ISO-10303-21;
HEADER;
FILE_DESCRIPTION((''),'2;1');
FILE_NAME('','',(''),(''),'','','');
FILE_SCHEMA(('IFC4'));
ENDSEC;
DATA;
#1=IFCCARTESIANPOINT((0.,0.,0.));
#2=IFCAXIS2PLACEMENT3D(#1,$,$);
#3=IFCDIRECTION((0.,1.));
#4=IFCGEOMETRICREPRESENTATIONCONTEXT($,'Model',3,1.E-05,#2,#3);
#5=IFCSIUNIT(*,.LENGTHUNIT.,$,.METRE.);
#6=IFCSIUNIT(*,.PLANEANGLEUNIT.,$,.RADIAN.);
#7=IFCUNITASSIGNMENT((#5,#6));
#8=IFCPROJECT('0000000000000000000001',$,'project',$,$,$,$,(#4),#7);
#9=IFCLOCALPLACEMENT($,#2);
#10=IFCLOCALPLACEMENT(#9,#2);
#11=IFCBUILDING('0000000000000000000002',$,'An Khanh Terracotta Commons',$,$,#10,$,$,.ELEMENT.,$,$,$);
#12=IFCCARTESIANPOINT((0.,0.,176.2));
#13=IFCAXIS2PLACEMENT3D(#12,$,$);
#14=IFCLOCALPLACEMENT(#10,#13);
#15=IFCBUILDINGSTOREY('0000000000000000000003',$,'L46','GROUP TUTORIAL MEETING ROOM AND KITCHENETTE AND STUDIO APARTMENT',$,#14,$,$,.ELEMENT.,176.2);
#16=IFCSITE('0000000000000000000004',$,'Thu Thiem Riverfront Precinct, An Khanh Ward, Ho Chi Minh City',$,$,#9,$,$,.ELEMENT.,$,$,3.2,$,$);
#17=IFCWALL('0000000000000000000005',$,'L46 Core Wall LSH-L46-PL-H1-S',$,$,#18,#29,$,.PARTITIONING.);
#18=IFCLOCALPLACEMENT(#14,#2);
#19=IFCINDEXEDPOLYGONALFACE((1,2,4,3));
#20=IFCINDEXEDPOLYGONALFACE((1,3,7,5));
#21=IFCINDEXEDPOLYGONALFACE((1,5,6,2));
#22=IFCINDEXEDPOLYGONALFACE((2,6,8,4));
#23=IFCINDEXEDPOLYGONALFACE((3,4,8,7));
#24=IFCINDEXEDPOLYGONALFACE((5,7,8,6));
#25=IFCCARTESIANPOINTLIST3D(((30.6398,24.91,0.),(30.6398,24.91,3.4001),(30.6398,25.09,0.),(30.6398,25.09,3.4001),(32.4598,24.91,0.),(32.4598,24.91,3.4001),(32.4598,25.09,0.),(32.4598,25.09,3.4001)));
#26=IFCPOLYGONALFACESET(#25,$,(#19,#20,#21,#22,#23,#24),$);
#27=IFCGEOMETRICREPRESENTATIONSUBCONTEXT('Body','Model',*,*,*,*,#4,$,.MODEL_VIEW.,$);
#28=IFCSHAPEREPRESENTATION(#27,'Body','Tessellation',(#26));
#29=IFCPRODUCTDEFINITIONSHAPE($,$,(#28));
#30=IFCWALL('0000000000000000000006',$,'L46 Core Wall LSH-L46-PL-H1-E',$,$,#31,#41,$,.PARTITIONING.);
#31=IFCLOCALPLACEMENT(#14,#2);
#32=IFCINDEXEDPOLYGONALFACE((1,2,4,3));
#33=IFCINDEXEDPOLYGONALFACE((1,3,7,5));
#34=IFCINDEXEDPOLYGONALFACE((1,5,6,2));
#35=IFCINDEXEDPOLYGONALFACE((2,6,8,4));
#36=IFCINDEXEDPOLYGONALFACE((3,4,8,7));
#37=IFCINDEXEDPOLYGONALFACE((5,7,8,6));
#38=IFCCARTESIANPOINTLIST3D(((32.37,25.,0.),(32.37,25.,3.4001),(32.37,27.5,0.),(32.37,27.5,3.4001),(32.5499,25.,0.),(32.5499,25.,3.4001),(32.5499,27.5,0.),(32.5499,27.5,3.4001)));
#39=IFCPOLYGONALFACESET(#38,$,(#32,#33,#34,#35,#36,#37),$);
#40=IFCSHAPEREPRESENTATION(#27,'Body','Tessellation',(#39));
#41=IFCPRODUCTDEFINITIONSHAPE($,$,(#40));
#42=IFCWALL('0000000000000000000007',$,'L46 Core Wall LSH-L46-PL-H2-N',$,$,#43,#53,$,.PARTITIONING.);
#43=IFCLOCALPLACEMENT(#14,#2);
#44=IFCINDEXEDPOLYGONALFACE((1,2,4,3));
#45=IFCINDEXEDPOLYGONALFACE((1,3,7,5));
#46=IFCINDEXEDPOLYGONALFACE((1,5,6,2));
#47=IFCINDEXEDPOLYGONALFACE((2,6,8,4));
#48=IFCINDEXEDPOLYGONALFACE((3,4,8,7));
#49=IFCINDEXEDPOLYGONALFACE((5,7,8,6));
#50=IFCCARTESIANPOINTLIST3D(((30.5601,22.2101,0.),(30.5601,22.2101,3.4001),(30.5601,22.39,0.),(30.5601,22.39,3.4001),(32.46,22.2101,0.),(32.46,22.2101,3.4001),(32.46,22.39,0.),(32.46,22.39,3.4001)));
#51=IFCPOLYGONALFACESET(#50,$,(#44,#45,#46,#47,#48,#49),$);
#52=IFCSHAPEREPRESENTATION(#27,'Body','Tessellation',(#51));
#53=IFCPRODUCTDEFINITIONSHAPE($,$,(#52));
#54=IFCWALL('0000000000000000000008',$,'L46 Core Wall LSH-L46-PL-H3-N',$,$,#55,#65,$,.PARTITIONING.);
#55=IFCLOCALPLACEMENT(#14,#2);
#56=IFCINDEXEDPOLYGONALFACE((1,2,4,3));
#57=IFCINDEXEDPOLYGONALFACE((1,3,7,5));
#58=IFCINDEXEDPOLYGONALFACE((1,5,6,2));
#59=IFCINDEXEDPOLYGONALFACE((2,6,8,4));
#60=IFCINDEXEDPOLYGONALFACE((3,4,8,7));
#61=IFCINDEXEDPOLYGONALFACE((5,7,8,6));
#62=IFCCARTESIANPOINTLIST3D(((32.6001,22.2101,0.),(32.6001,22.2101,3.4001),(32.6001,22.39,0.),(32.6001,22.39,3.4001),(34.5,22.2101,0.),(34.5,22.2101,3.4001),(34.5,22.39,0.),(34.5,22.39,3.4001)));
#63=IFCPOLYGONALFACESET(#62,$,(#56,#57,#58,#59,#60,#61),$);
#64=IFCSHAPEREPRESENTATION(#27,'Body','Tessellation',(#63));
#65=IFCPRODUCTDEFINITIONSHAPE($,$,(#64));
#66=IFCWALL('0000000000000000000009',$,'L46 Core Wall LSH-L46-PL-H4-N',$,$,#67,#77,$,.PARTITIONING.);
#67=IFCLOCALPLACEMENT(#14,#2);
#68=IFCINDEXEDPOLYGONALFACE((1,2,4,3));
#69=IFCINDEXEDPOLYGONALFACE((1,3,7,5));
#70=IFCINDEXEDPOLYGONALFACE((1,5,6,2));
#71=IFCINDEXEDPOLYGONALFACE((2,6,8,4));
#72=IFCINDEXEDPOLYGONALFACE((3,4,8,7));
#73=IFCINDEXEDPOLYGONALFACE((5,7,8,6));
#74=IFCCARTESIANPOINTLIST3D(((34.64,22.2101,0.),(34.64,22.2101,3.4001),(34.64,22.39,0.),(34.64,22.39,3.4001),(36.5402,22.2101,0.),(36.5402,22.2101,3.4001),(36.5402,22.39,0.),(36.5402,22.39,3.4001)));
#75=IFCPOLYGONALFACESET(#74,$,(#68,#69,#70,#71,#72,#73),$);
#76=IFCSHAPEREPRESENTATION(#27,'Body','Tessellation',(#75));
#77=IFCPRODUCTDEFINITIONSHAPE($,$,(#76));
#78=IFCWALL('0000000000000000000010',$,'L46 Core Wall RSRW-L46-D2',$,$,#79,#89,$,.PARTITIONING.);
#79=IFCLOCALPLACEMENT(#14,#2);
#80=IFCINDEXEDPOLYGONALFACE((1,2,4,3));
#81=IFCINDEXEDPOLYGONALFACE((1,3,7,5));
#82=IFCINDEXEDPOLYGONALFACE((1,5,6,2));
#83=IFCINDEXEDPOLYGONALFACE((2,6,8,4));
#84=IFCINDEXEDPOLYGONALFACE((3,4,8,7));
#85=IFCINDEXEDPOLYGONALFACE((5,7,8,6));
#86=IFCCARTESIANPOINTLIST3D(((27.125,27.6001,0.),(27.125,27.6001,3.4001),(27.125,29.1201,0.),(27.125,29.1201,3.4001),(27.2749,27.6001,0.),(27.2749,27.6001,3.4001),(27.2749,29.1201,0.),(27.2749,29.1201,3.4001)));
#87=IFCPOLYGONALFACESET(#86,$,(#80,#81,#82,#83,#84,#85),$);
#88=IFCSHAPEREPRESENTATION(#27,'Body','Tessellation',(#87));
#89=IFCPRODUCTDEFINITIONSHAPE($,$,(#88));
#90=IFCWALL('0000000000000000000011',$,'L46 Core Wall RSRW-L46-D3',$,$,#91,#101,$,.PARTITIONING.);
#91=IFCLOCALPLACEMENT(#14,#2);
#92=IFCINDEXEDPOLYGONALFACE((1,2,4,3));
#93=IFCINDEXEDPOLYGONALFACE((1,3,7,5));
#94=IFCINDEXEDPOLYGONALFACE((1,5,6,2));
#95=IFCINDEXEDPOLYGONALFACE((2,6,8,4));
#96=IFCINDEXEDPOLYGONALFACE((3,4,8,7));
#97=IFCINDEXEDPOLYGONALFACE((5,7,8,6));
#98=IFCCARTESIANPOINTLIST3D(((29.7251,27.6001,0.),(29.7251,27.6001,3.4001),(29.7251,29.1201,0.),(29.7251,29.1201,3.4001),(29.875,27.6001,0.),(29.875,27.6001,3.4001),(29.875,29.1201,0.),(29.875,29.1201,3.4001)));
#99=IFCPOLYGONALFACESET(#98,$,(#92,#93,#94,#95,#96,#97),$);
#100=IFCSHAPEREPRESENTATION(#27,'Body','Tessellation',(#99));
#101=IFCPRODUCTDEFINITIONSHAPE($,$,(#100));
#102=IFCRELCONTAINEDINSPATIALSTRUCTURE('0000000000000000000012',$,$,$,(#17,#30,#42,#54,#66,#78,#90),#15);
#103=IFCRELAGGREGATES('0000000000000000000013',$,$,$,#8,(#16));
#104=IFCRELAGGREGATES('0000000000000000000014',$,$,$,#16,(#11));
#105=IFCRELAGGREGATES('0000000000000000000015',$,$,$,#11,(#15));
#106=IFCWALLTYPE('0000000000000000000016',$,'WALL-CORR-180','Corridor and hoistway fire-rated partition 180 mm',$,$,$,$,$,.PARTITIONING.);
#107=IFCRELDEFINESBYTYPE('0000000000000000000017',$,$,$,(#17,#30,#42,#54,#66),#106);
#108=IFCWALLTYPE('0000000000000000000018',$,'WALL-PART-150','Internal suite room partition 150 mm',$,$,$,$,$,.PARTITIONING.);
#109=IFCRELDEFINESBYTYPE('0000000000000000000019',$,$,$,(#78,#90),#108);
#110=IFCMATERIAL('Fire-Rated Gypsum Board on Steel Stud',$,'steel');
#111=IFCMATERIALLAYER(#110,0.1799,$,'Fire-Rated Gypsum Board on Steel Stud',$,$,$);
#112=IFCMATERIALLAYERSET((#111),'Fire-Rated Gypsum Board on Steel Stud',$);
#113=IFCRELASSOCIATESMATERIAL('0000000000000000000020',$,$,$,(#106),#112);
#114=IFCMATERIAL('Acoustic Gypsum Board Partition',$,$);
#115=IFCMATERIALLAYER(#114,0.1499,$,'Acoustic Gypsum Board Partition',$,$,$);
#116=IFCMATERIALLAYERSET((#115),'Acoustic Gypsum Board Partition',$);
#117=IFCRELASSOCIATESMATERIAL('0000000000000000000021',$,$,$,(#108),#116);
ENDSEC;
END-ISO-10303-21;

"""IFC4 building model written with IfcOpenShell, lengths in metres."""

from ifc_helpers import new_model, si_unit, direction, frame, frame_2d, origin, place, context, subcontext, project, spatial, rectangle, extrude, material, layer, layer_set, type_object, element, save


model = new_model("IFC4")

# Units and contexts
model_context = context("Model", 3, precision=1e-05, world=origin(), true_north=direction((0.0, 1.0)))
body_context = subcontext(model_context, "Body", "Model", "MODEL_VIEW")
ifc_project = project(units=[si_unit("LENGTHUNIT", "METRE"), si_unit("PLANEANGLEUNIT", "RADIAN")], contexts=[model_context])

# Site, building, storey
site_placement = place(None, origin())
site = spatial("IfcSite", under=ifc_project, at=site_placement, Name="Thu Thiem Riverfront Precinct, An Khanh Ward, Ho Chi Minh City", CompositionType="ELEMENT", RefElevation=3.2)
building_placement = place(site_placement, origin())
building = spatial("IfcBuilding", under=site, at=building_placement, Name="An Khanh Terracotta Commons", CompositionType="ELEMENT")
storey_placement = place(building_placement, frame((0.0, 0.0, 176.2)))
storey = spatial("IfcBuildingStorey", under=building, at=storey_placement, Name="L46", Description="GROUP TUTORIAL MEETING ROOM AND KITCHENETTE AND STUDIO APARTMENT", CompositionType="ELEMENT", Elevation=176.2)

# Shared definitions
ifc_material_1 = material(Name="Fire-Rated Gypsum Board on Steel Stud", Category="steel")
ifc_layer_1 = layer(ifc_material_1, 0.1799, Name="Fire-Rated Gypsum Board on Steel Stud")
ifc_layer_set_1 = layer_set([ifc_layer_1], Name="Fire-Rated Gypsum Board on Steel Stud")
wall_type_1 = type_object("IfcWallType", Name="WALL-CORR-180", Description="Corridor and hoistway fire-rated partition 180 mm", PredefinedType="PARTITIONING", material=ifc_layer_set_1)

# Walls
wall_1_placement = place(storey_placement, frame((32.46, 25.0, 0.0), z_axis=(0.0, 0.0, 1.0), x_axis=(-1.0, 0.0, 0.0)))
element("IfcWall", 1, at=wall_1_placement, inside=storey, type_object=wall_type_1, Name="L46 Core Wall LSH-L46-PL-H1-S", PredefinedType="PARTITIONING", context=body_context, shape_type="SweptSolid", body=[
    extrude(rectangle(XDim=1.8201, YDim=0.1799, at=frame_2d((0.9102, 0.0))), origin(), (0.0, 0.0, 1.0), 3.4001),
])
wall_2_placement = place(storey_placement, frame((32.46, 25.0, 0.0), z_axis=(0.0, 0.0, 1.0), x_axis=(0.0, 1.0, 0.0)))
element("IfcWall", 2, at=wall_2_placement, inside=storey, type_object=wall_type_1, Name="L46 Core Wall LSH-L46-PL-H1-E", PredefinedType="PARTITIONING", context=body_context, shape_type="SweptSolid", body=[
    extrude(rectangle(XDim=2.5, YDim=0.1799, at=frame_2d((1.25, 0.0))), origin(), (0.0, 0.0, 1.0), 3.4001),
])
for number, where, z_axis, x_axis, name in (
    (3, (30.5601, 22.3, 0.0), (0.0, 0.0, 1.0), (1.0, 0.0, 0.0), "L46 Core Wall LSH-L46-PL-H2-N"),
    (4, (32.6001, 22.3, 0.0), (0.0, 0.0, 1.0), (1.0, 0.0, 0.0), "L46 Core Wall LSH-L46-PL-H3-N"),
):
    element("IfcWall", number, at=place(storey_placement, frame(where, z_axis=z_axis, x_axis=x_axis)), inside=storey, type_object=wall_type_1, Name=name, PredefinedType="PARTITIONING", context=body_context, shape_type="SweptSolid", body=[
        extrude(rectangle(XDim=1.8999, YDim=0.1799, at=frame_2d((0.95, 0.0))), origin(), (0.0, 0.0, 1.0), 3.4001),
    ])
wall_3_placement = place(storey_placement, frame((34.6399, 22.3, 0.0), z_axis=(0.0, 0.0, 1.0), x_axis=(1.0, 0.0, 0.0)))
element("IfcWall", 5, at=wall_3_placement, inside=storey, type_object=wall_type_1, Name="L46 Core Wall LSH-L46-PL-H4-N", PredefinedType="PARTITIONING", context=body_context, shape_type="SweptSolid", body=[
    extrude(rectangle(XDim=1.9001, YDim=0.1799, at=frame_2d((0.9502, 0.0))), origin(), (0.0, 0.0, 1.0), 3.4001),
])
ifc_material_2 = material(Name="Acoustic Gypsum Board Partition")
ifc_layer_2 = layer(ifc_material_2, 0.1499, Name="Acoustic Gypsum Board Partition")
ifc_layer_set_2 = layer_set([ifc_layer_2], Name="Acoustic Gypsum Board Partition")
wall_type_2 = type_object("IfcWallType", Name="WALL-PART-150", Description="Internal suite room partition 150 mm", PredefinedType="PARTITIONING", material=ifc_layer_set_2)
for number, where, z_axis, x_axis, name in (
    (6, (27.2, 27.6001, 0.0), (0.0, 0.0, 1.0), (0.0, 1.0, 0.0), "L46 Core Wall RSRW-L46-D2"),
    (7, (29.8, 27.6001, 0.0), (0.0, 0.0, 1.0), (0.0, 1.0, 0.0), "L46 Core Wall RSRW-L46-D3"),
):
    element("IfcWall", number, at=place(storey_placement, frame(where, z_axis=z_axis, x_axis=x_axis)), inside=storey, type_object=wall_type_2, Name=name, PredefinedType="PARTITIONING", context=body_context, shape_type="SweptSolid", body=[
        extrude(rectangle(XDim=1.52, YDim=0.1499, at=frame_2d((0.76, 0.0))), origin(), (0.0, 0.0, 1.0), 3.4001),
    ])

save(model, "model.ifc")
